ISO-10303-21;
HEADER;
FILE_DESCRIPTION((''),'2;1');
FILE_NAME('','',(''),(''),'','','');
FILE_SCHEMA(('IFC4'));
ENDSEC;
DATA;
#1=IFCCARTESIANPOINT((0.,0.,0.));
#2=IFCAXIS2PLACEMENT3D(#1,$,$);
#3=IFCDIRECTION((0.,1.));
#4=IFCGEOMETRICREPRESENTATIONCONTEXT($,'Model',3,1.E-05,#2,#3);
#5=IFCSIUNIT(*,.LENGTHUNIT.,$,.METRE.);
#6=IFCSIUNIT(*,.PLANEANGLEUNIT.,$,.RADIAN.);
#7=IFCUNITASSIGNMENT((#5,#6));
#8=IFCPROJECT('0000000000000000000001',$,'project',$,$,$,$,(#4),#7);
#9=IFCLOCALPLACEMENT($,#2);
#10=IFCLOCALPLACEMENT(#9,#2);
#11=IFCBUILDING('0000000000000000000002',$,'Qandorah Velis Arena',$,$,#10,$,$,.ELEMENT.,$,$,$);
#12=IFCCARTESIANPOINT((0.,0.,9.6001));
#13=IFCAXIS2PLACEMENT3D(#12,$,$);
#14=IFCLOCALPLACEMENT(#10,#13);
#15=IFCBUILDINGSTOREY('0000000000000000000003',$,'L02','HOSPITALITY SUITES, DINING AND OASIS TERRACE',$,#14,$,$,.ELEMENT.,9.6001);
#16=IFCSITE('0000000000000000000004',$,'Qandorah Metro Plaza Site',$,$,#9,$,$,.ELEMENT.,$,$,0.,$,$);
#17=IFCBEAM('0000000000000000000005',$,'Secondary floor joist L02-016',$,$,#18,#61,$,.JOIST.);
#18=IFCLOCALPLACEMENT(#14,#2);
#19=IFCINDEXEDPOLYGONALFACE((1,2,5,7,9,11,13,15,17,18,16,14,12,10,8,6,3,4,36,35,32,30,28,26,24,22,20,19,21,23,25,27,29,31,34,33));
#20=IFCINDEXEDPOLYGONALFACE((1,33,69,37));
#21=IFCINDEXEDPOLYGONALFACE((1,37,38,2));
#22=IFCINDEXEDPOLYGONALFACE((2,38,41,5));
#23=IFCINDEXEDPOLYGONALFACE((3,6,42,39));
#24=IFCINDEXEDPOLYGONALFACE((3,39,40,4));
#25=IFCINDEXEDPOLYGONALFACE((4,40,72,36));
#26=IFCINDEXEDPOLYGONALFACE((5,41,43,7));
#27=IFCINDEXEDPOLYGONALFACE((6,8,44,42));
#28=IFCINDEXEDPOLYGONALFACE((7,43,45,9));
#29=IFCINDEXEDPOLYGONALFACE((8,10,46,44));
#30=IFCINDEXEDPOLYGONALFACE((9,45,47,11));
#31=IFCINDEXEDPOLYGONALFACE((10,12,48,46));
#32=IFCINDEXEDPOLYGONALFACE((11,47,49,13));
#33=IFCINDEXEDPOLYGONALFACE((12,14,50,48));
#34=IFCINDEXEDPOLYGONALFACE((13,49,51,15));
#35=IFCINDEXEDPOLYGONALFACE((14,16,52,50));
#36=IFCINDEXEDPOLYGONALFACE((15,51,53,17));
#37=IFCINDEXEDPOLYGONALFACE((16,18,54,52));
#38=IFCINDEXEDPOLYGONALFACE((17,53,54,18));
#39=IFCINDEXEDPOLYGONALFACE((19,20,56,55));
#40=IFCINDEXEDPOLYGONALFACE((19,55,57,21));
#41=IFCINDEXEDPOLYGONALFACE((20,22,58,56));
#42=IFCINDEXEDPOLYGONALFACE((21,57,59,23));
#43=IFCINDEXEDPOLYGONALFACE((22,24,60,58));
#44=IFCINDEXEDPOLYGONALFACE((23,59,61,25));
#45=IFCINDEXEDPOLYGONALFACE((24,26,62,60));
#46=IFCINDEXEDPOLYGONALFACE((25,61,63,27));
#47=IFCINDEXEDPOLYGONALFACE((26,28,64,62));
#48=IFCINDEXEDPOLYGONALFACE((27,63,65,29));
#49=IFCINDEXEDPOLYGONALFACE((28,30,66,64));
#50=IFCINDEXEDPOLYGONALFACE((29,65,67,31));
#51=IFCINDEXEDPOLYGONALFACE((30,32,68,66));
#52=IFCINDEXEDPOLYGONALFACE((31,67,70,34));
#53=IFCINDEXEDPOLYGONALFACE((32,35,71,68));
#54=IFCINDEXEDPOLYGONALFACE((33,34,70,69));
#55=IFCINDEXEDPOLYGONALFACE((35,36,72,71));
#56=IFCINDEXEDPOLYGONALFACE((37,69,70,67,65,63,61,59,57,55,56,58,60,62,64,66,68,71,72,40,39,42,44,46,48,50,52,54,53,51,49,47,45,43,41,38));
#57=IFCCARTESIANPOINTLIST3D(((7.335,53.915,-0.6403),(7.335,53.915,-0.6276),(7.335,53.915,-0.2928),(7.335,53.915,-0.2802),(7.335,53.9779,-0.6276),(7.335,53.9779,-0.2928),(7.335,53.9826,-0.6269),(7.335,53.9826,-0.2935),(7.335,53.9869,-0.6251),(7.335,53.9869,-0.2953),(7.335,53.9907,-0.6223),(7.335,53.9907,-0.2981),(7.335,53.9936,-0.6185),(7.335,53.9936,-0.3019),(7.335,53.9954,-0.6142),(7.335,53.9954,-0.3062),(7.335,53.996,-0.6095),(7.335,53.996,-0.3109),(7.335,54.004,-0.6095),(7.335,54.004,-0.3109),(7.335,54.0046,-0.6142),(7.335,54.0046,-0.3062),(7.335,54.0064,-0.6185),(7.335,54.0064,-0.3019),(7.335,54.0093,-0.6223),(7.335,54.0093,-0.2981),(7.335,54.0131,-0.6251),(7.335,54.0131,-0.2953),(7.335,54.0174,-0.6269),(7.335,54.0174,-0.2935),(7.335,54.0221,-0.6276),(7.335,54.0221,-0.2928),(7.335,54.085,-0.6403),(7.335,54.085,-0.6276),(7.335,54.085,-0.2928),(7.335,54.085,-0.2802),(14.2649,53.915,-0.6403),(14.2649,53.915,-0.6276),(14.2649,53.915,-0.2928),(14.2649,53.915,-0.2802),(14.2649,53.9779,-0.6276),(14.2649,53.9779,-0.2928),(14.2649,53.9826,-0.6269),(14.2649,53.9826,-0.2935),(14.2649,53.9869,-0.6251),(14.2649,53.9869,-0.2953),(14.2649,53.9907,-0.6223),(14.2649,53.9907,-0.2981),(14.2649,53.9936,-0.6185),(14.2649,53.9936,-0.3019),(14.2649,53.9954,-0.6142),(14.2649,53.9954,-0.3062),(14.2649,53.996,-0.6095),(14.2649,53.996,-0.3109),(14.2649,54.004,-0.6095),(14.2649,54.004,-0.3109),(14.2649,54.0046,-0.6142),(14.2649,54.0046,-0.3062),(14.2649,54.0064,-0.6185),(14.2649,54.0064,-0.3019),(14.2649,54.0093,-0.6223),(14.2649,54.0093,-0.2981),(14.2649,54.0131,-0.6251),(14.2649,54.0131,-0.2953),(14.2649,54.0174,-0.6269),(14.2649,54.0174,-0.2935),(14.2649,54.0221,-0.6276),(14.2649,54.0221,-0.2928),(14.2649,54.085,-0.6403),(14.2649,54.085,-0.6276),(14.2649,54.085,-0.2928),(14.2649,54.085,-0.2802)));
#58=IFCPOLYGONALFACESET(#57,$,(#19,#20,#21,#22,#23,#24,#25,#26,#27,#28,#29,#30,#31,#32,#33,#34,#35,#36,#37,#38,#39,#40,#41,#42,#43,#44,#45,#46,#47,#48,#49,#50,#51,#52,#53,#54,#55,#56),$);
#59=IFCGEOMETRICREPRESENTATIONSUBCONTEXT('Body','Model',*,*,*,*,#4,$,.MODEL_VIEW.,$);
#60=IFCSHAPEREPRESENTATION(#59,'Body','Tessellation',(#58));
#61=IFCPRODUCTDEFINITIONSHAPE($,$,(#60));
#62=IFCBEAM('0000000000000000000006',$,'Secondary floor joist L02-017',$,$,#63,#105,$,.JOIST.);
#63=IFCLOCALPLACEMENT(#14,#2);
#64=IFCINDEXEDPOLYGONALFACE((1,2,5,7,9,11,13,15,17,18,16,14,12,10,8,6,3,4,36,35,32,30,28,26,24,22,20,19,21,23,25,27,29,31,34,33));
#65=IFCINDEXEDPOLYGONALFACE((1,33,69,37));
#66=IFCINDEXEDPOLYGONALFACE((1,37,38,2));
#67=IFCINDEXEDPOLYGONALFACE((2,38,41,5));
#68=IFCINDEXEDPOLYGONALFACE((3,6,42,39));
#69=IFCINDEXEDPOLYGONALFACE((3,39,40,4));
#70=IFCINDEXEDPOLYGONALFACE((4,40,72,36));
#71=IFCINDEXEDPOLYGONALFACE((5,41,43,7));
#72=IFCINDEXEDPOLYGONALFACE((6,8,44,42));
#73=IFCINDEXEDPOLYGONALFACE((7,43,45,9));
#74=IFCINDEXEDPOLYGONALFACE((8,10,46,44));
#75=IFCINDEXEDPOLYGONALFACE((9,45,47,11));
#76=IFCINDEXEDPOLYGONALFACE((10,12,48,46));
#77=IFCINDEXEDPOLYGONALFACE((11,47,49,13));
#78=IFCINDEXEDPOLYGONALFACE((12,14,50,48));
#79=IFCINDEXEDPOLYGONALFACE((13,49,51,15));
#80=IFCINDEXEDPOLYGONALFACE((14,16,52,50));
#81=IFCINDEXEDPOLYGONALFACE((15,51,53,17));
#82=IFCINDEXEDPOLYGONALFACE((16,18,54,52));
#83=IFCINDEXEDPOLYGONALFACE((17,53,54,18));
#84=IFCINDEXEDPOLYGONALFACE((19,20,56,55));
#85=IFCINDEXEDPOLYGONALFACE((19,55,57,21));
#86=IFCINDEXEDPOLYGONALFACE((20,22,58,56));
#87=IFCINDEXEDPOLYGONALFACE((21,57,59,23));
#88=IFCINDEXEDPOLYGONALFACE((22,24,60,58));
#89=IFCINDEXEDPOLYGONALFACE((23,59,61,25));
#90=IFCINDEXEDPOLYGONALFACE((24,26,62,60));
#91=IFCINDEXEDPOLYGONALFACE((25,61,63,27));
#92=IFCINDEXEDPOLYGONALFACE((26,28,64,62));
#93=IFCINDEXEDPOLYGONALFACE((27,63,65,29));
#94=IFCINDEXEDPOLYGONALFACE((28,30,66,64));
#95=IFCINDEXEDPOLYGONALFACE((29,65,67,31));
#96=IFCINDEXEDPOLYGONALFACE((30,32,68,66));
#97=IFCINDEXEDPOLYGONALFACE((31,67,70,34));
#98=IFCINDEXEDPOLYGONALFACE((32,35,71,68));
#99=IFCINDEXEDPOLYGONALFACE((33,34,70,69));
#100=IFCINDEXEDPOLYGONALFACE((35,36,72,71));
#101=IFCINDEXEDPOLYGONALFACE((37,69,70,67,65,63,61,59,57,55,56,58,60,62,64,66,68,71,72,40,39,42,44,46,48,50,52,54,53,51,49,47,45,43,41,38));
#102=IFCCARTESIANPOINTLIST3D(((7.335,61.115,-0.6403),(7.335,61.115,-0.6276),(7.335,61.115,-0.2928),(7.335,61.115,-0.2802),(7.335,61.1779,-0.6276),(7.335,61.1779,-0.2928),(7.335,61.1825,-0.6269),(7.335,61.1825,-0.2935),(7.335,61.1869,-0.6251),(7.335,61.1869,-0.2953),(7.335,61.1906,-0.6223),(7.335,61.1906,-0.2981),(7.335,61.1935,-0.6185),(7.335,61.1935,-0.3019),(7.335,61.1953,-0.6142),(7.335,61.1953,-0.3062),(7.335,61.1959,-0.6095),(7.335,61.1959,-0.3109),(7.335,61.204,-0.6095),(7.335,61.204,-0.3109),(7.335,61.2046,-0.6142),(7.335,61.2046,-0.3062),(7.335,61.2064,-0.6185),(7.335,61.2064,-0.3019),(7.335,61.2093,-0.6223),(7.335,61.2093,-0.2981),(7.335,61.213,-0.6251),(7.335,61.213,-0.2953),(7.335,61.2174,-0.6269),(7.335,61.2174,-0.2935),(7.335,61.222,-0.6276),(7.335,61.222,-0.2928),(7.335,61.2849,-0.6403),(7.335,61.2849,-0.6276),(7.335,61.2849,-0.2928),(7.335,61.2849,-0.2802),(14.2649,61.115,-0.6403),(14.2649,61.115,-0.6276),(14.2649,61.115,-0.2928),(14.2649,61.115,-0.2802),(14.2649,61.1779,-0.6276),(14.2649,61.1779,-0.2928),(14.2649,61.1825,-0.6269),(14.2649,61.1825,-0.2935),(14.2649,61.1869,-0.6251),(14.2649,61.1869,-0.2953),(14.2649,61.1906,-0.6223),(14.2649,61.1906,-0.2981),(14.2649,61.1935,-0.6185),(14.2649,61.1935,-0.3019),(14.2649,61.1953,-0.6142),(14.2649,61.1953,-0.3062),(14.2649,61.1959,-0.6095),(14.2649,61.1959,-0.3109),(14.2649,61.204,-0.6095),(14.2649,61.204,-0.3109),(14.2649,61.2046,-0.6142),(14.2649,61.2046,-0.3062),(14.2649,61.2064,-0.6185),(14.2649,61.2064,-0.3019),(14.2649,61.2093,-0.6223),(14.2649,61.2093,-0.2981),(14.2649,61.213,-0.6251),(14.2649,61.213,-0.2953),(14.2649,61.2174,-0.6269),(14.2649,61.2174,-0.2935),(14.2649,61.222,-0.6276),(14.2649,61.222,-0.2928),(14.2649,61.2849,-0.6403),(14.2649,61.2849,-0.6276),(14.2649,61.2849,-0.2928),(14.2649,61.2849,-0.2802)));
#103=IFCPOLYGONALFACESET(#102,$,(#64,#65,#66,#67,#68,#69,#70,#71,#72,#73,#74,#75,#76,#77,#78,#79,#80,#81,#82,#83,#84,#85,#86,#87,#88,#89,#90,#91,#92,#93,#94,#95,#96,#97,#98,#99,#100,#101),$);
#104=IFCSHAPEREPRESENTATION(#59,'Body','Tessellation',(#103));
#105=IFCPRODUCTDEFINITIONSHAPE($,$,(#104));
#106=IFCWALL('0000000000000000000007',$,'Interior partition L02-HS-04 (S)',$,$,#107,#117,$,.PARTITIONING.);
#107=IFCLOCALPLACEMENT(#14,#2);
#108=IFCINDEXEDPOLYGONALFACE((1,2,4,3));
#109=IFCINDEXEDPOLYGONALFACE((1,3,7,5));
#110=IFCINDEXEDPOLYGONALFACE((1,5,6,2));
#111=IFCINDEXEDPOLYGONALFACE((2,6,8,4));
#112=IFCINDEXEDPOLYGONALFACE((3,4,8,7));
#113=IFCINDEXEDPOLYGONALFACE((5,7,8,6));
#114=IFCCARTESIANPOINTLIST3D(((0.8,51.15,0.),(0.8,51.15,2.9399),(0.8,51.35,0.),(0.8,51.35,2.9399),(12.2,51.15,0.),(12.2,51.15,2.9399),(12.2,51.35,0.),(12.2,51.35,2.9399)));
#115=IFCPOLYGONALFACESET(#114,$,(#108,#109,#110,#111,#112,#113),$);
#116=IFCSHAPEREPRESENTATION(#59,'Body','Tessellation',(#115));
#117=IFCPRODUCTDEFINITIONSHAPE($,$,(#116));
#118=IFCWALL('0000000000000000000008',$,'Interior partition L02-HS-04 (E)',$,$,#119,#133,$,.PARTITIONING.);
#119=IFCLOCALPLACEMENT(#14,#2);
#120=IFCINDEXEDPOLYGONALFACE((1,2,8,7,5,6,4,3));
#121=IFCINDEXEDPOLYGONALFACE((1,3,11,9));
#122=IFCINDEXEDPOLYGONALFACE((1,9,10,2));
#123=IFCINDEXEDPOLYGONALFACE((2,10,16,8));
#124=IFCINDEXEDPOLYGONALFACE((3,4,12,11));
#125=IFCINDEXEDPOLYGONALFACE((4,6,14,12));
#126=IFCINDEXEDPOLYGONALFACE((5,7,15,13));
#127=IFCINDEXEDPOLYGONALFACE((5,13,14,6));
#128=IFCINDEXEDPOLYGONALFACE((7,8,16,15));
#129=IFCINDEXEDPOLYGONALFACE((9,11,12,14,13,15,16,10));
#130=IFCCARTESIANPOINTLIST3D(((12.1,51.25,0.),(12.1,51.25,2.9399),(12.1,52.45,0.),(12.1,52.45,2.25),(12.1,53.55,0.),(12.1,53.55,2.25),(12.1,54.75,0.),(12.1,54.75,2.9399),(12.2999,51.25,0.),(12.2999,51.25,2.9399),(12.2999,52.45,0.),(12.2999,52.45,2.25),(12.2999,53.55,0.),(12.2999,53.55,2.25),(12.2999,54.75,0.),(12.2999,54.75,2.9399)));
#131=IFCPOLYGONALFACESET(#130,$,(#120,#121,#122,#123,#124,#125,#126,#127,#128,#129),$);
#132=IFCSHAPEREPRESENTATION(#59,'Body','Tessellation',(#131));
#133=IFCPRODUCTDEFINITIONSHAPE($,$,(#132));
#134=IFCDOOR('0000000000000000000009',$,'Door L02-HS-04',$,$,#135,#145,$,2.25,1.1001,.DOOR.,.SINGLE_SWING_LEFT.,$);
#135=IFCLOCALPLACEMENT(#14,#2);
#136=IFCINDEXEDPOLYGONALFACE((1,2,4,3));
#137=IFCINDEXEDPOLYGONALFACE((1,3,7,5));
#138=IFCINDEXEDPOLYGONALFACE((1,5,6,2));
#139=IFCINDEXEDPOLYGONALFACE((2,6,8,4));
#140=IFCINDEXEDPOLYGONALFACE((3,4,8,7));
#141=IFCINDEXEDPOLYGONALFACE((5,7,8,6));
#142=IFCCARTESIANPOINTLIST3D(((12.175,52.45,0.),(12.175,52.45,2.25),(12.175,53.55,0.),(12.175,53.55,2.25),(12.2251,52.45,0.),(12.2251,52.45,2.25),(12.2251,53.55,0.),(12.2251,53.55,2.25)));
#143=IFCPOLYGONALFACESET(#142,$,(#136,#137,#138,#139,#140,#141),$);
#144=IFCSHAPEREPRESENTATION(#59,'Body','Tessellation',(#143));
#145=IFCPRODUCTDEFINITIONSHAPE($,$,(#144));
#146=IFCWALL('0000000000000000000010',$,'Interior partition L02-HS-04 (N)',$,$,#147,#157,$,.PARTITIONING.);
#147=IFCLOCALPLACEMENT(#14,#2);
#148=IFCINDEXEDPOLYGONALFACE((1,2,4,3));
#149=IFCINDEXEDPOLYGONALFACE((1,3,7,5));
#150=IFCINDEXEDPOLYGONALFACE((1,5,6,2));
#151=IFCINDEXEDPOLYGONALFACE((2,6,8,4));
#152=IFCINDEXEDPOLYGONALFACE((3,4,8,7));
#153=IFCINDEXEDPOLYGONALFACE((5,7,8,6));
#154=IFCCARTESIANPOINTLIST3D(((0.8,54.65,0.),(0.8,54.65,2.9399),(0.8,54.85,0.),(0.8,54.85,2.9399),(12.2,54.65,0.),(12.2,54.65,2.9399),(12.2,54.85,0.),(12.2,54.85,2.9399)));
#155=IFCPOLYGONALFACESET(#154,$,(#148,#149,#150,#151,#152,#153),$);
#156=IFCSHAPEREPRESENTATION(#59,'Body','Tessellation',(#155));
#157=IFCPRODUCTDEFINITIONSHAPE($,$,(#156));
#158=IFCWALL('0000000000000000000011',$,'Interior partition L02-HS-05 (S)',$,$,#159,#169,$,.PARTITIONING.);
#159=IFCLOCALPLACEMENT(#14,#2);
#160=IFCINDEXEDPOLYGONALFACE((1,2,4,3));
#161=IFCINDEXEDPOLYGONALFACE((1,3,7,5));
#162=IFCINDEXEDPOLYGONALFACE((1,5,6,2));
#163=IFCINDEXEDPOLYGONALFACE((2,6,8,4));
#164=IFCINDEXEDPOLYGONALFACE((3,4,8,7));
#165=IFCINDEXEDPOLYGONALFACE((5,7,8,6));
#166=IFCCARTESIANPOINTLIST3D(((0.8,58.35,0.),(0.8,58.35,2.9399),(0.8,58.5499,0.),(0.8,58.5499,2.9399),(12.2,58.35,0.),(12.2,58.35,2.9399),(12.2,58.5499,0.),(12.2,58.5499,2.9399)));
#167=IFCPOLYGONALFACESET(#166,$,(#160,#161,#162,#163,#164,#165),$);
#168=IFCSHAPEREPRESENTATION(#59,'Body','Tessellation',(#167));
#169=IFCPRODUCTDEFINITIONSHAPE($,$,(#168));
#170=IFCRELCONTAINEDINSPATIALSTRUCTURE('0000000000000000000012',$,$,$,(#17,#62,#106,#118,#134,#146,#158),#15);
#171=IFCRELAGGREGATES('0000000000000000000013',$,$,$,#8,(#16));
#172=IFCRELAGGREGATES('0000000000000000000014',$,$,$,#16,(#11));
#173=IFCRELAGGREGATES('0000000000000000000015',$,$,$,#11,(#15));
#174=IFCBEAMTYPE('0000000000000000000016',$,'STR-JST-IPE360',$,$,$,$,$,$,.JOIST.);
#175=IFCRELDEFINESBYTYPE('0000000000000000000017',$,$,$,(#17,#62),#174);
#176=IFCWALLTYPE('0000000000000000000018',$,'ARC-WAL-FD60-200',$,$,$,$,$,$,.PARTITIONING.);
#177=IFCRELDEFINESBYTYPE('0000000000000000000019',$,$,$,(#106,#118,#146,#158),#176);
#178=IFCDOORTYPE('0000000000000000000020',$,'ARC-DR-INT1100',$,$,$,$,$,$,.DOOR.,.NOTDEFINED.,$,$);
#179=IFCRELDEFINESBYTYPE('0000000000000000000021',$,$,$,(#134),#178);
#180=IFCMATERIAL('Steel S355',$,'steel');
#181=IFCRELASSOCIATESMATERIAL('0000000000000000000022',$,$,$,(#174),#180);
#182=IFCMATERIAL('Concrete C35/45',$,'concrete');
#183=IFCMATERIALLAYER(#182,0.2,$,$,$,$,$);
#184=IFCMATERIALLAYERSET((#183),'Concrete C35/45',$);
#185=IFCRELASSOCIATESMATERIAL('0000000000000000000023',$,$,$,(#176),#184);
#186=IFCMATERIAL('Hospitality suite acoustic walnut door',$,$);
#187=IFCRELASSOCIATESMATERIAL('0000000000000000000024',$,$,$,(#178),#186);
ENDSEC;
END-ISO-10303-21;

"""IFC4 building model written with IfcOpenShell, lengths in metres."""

from ifc_helpers import new_model, si_unit, direction, frame, frame_2d, origin, origin_2d, place, context, subcontext, project, spatial, rectangle, i_section, extrude, material, layer, layer_set, material_profile, profile_set, type_object, element, fill, save


model = new_model("IFC4")

# Units and contexts
model_context = context("Model", 3, precision=1e-05, world=origin(), true_north=direction((0.0, 1.0)))
body_context = subcontext(model_context, "Body", "Model", "MODEL_VIEW")
ifc_project = project(units=[si_unit("LENGTHUNIT", "METRE"), si_unit("PLANEANGLEUNIT", "RADIAN")], contexts=[model_context])

# Site, building, storey
site_placement = place(None, origin())
site = spatial("IfcSite", under=ifc_project, at=site_placement, Name="Qandorah Metro Plaza Site", CompositionType="ELEMENT", RefElevation=0.0)
building_placement = place(site_placement, origin())
building = spatial("IfcBuilding", under=site, at=building_placement, Name="Qandorah Velis Arena", CompositionType="ELEMENT")
storey_placement = place(building_placement, frame((0.0, 0.0, 9.6001)))
storey = spatial("IfcBuildingStorey", under=building, at=storey_placement, Name="L02", Description="HOSPITALITY SUITES, DINING AND OASIS TERRACE", CompositionType="ELEMENT", Elevation=9.6001)

# Beams
ifc_material_1 = material(Name="Steel S355", Category="steel")
ifc_material_profile_1 = material_profile(ifc_material_1, i_section(OverallWidth=0.1699, OverallDepth=0.3601, WebThickness=0.0081, FlangeThickness=0.0127, FilletRadius=0.0181, at=origin_2d()), Name="IPE 360")
ifc_profile_set_1 = profile_set([ifc_material_profile_1], Name="Steel S355")
beam_type_1 = type_object("IfcBeamType", Name="STR-JST-IPE360", PredefinedType="JOIST", material=ifc_profile_set_1)
for number, where, z_axis, x_axis, name in (
    (1, (7.335, 54.0, -0.4602), (1.0, 0.0, 0.0), (0.0, 1.0, 0.0), "Secondary floor joist L02-016"),
    (2, (7.335, 61.2, -0.4602), (1.0, 0.0, 0.0), (0.0, 1.0, 0.0), "Secondary floor joist L02-017"),
):
    element("IfcBeam", number, at=place(storey_placement, frame(where, z_axis=z_axis, x_axis=x_axis)), inside=storey, type_object=beam_type_1, Name=name, PredefinedType="JOIST", context=body_context, shape_type="SweptSolid", body=[
        extrude(i_section(OverallWidth=0.1699, OverallDepth=0.3601, WebThickness=0.0081, FlangeThickness=0.0127, FilletRadius=0.0181, at=origin_2d()), origin(), (0.0, 0.0, 1.0), 6.9299),
    ])

# Wall
ifc_material_2 = material(Name="Concrete C35/45", Category="concrete")
ifc_layer_1 = layer(ifc_material_2, 0.2)
ifc_layer_set_1 = layer_set([ifc_layer_1], Name="Concrete C35/45")
wall_type_1 = type_object("IfcWallType", Name="ARC-WAL-FD60-200", PredefinedType="PARTITIONING", material=ifc_layer_set_1)
wall_1_placement = place(storey_placement, frame((0.8, 51.25, 0.0), z_axis=(0.0, 0.0, 1.0), x_axis=(1.0, 0.0, 0.0)))
element("IfcWall", 3, at=wall_1_placement, inside=storey, type_object=wall_type_1, Name="Interior partition L02-HS-04 (S)", PredefinedType="PARTITIONING", context=body_context, shape_type="SweptSolid", body=[
    extrude(rectangle(XDim=11.3999, YDim=0.2, at=frame_2d((5.7, 0.0))), origin(), (0.0, 0.0, 1.0), 2.9399),
])

# Wall, opening, door
wall_2_placement = place(storey_placement, frame((12.2, 51.25, 0.0), z_axis=(0.0, 0.0, 1.0), x_axis=(0.0, 1.0, 0.0)))
wall_2 = element("IfcWall", 4, at=wall_2_placement, inside=storey, type_object=wall_type_1, Name="Interior partition L02-HS-04 (E)", PredefinedType="PARTITIONING", context=body_context, shape_type="SweptSolid", body=[
    extrude(rectangle(XDim=3.5, YDim=0.2, at=frame_2d((1.75, 0.0))), origin(), (0.0, 0.0, 1.0), 2.9399),
])
opening_1_placement = place(wall_2_placement, frame((1.2, 0.0, 0.0)))
opening_1 = element("IfcOpeningElement", 5, at=opening_1_placement, cuts=wall_2, PredefinedType="OPENING", context=body_context, shape_type="SweptSolid", body=[
    extrude(rectangle(XDim=1.1001, YDim=2.25, at=frame_2d((0.55, 1.125))), frame((0.0, 0.1099, 0.0), z_axis=(0.0, -1.0, 0.0), x_axis=(1.0, 0.0, 0.0)), (0.0, 0.0, 1.0), 0.22),
])
ifc_material_3 = material(Name="Hospitality suite acoustic walnut door")
door_type_1 = type_object("IfcDoorType", Name="ARC-DR-INT1100", OperationType="NOTDEFINED", PredefinedType="DOOR", material=ifc_material_3)
door_1_placement = place(opening_1_placement, origin())
door_1 = element("IfcDoor", 6, at=door_1_placement, inside=storey, type_object=door_type_1, Name="Door L02-HS-04", OperationType="SINGLE_SWING_LEFT", OverallHeight=2.25, OverallWidth=1.1001, PredefinedType="DOOR", context=body_context, shape_type="SweptSolid", body=[
    extrude(rectangle(XDim=1.1001, YDim=2.25, at=frame_2d((0.55, 1.125))), frame((0.0, 0.0249, 0.0), z_axis=(0.0, -1.0, 0.0), x_axis=(1.0, 0.0, 0.0)), (0.0, 0.0, 1.0), 0.05),
])
fill(opening_1, door_1)

# Walls
for number, where, z_axis, x_axis, name in (
    (7, (12.2, 54.75, 0.0), (0.0, 0.0, 1.0), (-1.0, 0.0, 0.0), "Interior partition L02-HS-04 (N)"),
    (8, (0.8, 58.45, 0.0), (0.0, 0.0, 1.0), (1.0, 0.0, 0.0), "Interior partition L02-HS-05 (S)"),
):
    element("IfcWall", number, at=place(storey_placement, frame(where, z_axis=z_axis, x_axis=x_axis)), inside=storey, type_object=wall_type_1, Name=name, PredefinedType="PARTITIONING", context=body_context, shape_type="SweptSolid", body=[
        extrude(rectangle(XDim=11.3999, YDim=0.2, at=frame_2d((5.7, 0.0))), origin(), (0.0, 0.0, 1.0), 2.9399),
    ])

save(model, "model.ifc")
